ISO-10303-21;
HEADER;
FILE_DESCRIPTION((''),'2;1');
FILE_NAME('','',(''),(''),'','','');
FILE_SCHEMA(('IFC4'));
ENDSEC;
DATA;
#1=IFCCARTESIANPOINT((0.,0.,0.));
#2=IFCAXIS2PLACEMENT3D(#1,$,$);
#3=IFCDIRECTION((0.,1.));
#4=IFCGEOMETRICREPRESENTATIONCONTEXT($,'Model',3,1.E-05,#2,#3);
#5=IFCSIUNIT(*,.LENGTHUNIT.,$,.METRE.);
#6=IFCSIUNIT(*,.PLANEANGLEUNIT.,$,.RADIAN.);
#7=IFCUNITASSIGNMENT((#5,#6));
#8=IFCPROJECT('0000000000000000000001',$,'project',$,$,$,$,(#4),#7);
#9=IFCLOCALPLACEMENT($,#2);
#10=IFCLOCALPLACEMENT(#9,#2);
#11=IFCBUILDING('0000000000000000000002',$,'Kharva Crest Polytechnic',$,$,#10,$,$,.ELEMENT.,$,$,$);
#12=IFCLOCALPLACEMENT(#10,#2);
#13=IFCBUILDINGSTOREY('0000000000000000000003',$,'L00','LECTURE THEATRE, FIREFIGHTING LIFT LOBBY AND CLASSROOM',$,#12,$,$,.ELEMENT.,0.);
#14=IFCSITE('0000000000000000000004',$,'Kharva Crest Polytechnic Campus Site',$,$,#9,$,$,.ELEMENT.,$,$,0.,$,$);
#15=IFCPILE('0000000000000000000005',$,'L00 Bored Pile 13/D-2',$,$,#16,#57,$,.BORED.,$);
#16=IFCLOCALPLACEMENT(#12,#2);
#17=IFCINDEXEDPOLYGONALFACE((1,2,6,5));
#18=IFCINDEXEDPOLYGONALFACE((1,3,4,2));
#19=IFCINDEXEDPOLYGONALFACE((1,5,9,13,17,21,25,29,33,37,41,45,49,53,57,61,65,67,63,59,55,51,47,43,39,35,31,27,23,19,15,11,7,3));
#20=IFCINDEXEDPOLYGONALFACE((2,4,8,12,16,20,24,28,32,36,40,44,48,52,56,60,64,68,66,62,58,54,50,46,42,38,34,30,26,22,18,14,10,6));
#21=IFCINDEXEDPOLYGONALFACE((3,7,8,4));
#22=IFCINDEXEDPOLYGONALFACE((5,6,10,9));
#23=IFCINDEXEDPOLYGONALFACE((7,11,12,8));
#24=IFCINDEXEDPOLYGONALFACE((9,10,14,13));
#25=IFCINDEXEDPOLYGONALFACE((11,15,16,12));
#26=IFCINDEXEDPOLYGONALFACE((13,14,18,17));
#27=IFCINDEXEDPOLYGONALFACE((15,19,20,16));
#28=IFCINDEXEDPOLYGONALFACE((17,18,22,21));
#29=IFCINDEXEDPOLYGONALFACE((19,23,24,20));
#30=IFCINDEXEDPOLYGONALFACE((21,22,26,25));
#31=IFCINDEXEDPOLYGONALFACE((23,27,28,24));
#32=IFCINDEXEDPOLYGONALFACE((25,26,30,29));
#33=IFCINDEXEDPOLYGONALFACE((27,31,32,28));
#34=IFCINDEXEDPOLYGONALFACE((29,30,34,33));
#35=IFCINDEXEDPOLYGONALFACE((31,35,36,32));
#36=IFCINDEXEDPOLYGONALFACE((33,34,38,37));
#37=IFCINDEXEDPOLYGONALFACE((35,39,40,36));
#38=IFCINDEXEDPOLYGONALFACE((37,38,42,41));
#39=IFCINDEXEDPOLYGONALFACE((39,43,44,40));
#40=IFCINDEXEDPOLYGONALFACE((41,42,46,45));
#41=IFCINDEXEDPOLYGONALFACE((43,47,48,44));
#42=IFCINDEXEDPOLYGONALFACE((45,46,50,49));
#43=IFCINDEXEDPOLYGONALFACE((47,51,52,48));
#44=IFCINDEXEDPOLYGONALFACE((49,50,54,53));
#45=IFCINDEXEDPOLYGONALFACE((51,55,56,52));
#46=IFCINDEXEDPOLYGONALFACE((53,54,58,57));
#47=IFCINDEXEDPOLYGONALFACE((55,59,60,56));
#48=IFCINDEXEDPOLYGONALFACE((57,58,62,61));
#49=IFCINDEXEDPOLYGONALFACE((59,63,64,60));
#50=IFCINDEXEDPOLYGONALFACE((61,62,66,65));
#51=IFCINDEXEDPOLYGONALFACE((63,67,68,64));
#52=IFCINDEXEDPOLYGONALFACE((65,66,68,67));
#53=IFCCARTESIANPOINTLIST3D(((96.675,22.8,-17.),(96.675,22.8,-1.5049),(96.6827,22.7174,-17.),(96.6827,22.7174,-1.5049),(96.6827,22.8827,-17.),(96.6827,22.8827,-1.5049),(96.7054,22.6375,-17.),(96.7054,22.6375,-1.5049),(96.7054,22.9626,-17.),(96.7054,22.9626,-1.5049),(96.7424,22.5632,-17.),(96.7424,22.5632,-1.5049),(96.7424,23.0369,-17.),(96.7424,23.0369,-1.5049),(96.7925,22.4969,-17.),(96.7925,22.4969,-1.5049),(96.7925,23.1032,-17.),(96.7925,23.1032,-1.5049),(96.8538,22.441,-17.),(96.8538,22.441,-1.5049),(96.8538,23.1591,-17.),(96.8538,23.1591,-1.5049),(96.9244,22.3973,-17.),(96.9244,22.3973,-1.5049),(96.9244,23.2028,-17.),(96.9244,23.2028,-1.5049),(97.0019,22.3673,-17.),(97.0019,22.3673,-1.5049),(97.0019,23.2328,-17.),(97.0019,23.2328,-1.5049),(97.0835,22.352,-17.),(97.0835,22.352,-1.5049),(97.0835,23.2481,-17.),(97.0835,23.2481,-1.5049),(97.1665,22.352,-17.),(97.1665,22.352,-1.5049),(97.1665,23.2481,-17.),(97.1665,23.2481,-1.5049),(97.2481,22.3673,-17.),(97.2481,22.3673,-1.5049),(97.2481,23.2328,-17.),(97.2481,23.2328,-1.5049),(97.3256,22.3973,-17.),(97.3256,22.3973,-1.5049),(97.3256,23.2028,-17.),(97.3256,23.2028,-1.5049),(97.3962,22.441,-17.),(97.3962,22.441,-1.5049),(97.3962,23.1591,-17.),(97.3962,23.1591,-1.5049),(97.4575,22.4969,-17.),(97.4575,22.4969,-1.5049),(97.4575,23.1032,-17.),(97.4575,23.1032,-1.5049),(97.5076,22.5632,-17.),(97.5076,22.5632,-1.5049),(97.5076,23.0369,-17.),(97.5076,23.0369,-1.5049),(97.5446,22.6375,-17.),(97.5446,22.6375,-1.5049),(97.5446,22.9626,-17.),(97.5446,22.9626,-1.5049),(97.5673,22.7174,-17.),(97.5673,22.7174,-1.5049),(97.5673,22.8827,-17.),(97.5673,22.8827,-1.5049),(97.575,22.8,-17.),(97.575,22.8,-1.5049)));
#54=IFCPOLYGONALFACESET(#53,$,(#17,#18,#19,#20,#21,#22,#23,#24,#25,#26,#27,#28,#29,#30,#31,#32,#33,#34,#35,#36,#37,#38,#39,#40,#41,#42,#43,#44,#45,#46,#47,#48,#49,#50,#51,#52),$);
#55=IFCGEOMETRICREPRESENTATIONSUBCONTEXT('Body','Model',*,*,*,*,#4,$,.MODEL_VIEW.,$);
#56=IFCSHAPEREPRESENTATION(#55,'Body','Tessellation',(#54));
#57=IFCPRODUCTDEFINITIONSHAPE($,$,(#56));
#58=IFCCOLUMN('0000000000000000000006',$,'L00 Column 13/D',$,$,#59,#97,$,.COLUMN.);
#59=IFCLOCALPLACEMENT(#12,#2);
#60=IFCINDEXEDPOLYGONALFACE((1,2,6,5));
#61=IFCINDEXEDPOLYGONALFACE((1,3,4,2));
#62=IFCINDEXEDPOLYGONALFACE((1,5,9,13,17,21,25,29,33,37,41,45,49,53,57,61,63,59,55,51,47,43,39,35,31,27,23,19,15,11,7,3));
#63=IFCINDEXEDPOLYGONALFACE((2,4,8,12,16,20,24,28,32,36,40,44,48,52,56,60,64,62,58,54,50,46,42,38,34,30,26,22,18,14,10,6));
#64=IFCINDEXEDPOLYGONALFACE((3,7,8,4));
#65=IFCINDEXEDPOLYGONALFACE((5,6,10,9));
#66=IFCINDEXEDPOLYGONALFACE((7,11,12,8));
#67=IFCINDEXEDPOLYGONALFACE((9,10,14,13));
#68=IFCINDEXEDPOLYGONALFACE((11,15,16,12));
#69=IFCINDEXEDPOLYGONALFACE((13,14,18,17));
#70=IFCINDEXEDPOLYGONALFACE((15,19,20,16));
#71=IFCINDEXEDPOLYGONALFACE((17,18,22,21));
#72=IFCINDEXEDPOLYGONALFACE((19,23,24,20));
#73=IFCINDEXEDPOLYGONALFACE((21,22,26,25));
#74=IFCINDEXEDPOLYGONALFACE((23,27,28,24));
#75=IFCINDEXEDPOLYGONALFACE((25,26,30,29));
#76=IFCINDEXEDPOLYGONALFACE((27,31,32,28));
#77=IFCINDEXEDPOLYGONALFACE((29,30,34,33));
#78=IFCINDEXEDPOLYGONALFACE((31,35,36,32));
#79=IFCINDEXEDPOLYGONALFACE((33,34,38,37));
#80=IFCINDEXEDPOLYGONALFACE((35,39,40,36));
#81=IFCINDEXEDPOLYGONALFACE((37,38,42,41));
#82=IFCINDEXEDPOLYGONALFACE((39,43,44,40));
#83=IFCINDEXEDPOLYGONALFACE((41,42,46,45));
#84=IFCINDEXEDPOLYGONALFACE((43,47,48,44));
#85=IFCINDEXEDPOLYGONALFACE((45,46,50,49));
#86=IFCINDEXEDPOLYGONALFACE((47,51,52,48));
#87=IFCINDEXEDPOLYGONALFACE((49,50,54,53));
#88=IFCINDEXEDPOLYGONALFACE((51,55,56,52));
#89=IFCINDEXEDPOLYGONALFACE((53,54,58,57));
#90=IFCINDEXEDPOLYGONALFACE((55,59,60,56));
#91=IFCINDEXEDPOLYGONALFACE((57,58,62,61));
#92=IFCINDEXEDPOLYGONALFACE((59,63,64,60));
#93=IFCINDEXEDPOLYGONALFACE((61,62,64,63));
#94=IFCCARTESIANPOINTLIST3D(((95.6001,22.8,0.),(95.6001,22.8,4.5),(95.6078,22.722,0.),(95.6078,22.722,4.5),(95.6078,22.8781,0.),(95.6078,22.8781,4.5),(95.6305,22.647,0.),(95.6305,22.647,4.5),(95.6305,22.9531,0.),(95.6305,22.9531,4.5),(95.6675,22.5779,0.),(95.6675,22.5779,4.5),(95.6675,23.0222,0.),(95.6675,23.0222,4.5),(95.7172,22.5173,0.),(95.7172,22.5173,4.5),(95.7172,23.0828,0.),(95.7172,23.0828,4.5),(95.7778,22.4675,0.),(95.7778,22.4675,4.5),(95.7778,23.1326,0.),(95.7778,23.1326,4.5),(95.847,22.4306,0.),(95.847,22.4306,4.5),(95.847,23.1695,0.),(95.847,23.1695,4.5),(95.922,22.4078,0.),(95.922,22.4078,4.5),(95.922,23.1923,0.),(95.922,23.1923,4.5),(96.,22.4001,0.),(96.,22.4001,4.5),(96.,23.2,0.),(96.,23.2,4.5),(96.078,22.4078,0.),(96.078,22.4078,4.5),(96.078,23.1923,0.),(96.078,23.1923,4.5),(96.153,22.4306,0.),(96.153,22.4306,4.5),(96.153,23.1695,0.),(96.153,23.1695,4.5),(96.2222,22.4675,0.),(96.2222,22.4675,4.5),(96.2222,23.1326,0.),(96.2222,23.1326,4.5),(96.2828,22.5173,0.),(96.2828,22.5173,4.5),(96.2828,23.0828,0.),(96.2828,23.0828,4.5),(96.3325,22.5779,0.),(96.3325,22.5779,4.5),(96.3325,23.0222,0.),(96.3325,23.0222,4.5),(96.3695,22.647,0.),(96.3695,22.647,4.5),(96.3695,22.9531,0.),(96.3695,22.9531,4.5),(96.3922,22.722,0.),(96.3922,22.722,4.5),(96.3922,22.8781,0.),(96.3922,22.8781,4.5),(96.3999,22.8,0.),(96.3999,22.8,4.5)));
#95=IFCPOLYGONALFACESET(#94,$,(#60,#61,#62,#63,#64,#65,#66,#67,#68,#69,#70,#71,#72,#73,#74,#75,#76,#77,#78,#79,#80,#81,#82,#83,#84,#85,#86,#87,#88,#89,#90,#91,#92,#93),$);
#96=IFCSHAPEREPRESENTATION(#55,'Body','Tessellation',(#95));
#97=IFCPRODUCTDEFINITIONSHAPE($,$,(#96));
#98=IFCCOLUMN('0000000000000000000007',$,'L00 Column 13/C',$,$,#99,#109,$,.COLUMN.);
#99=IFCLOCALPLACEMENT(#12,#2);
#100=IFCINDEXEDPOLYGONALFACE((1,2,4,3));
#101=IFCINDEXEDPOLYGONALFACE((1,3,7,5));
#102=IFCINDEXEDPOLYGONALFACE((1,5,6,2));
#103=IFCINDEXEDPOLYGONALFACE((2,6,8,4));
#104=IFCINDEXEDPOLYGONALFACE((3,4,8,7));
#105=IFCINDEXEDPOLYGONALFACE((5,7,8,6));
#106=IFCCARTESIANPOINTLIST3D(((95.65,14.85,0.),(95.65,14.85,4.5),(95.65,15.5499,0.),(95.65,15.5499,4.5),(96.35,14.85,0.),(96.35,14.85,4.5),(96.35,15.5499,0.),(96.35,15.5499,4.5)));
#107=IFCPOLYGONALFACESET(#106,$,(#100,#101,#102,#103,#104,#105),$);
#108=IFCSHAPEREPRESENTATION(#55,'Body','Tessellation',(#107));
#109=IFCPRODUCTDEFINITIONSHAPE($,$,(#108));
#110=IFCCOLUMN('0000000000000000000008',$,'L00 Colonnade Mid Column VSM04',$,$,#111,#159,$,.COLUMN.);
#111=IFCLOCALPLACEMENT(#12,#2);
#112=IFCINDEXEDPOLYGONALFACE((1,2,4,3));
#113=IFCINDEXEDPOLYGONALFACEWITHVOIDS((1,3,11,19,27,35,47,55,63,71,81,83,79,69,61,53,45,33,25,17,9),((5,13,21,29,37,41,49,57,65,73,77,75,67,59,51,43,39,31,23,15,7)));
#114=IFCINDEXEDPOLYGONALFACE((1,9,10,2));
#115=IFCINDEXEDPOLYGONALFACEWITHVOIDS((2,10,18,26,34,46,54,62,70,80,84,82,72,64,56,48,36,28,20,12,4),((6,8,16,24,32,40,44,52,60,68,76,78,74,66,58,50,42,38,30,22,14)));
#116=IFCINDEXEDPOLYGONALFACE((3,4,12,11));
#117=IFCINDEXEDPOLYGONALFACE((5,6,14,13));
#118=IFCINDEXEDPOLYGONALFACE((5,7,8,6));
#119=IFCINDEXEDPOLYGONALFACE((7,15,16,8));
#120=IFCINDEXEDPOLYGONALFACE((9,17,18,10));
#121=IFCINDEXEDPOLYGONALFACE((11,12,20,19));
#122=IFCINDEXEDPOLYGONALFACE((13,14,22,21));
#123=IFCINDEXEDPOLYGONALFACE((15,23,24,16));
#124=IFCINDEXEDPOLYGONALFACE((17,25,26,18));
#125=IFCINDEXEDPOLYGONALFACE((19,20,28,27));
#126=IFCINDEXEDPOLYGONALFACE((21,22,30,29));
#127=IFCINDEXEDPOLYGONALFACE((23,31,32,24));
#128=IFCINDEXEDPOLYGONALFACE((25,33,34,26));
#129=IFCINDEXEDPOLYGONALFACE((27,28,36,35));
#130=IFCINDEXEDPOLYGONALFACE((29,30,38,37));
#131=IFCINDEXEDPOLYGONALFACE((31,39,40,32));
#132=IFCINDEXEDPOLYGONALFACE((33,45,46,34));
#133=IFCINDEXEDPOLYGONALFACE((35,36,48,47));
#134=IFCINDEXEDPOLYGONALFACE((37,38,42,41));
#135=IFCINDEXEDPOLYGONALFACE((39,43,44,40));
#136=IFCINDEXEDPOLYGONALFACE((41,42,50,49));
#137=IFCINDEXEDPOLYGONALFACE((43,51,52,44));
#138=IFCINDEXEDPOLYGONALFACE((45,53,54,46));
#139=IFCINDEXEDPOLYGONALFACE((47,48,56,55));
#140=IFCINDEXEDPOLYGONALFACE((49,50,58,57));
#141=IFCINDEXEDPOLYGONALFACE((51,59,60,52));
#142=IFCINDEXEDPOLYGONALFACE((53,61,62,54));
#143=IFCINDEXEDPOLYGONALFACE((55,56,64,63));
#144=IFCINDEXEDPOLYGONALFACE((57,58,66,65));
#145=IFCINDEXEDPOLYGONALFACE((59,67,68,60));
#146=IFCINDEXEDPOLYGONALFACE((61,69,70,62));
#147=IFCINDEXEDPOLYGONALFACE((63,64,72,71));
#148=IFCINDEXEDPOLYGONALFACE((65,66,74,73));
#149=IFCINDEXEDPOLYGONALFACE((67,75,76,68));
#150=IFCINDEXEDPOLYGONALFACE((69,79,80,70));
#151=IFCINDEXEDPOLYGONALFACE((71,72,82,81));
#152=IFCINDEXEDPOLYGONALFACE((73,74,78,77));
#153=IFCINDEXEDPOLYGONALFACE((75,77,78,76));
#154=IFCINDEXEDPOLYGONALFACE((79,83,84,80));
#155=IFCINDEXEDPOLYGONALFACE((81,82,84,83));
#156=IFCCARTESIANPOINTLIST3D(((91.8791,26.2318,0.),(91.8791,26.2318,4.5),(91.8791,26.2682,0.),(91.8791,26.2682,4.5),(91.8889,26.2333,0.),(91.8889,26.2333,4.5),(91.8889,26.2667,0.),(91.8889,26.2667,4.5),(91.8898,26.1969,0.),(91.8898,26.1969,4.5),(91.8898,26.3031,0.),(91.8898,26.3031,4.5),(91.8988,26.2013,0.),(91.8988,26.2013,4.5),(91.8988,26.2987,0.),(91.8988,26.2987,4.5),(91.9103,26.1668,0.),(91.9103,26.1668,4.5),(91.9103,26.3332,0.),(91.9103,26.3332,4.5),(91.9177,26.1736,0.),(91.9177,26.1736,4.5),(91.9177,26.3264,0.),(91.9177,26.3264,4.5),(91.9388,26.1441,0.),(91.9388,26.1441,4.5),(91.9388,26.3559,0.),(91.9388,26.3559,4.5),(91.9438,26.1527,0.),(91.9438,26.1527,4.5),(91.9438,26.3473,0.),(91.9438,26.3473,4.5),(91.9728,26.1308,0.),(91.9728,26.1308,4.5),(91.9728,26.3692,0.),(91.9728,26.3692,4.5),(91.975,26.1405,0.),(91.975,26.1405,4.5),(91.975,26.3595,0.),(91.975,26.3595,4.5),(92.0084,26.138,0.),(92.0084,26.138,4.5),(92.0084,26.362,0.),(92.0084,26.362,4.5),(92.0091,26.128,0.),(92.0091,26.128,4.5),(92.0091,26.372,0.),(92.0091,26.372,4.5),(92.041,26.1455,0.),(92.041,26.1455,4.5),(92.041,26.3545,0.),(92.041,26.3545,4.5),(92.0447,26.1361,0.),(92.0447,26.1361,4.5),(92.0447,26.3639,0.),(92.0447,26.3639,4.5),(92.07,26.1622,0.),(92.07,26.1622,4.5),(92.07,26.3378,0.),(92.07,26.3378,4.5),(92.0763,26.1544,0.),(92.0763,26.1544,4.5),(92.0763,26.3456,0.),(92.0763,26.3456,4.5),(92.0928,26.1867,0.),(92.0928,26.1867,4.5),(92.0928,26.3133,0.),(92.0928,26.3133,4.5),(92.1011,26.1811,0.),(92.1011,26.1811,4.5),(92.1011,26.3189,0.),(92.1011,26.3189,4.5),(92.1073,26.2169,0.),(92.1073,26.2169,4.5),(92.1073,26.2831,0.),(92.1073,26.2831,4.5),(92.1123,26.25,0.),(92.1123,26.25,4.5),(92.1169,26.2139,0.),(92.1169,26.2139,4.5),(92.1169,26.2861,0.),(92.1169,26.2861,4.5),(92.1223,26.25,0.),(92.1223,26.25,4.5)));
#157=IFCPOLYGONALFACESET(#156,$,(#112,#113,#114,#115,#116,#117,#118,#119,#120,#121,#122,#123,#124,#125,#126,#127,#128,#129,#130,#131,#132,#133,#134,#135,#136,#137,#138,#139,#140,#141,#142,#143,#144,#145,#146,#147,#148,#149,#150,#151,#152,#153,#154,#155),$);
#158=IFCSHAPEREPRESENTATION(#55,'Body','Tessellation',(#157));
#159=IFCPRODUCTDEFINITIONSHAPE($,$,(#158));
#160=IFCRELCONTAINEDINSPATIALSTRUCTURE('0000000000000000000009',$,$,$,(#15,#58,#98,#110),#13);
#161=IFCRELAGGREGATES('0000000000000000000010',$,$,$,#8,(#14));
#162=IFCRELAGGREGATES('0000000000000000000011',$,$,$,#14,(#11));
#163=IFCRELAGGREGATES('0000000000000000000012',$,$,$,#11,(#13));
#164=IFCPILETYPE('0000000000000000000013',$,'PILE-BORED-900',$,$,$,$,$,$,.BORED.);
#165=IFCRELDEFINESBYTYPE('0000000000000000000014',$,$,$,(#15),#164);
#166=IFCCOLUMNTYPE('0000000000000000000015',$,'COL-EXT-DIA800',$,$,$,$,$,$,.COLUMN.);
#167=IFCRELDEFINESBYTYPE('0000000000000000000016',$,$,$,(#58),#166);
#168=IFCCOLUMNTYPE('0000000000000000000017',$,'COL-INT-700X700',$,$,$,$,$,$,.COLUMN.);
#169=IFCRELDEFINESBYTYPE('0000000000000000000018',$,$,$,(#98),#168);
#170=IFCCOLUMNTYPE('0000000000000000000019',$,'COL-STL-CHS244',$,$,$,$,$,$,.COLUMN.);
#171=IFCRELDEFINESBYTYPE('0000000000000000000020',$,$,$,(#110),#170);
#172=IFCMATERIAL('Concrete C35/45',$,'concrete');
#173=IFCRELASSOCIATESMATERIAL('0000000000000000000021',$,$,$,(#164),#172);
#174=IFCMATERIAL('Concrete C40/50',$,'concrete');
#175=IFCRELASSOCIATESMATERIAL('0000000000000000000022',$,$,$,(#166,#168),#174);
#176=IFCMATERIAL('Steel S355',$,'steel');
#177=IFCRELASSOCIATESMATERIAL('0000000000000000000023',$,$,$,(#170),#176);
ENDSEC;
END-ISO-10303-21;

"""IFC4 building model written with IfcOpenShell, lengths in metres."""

from ifc_helpers import new_model, si_unit, direction, frame, origin, origin_2d, place, context, subcontext, project, spatial, rectangle, circle, hollow_circle, extrude, material, material_profile, profile_set, type_object, element, save


model = new_model("IFC4")

# Units and contexts
model_context = context("Model", 3, precision=1e-05, world=origin(), true_north=direction((0.0, 1.0)))
body_context = subcontext(model_context, "Body", "Model", "MODEL_VIEW")
ifc_project = project(units=[si_unit("LENGTHUNIT", "METRE"), si_unit("PLANEANGLEUNIT", "RADIAN")], contexts=[model_context])

# Site, building, storey
site_placement = place(None, origin())
site = spatial("IfcSite", under=ifc_project, at=site_placement, Name="Kharva Crest Polytechnic Campus Site", CompositionType="ELEMENT", RefElevation=0.0)
building_placement = place(site_placement, origin())
building = spatial("IfcBuilding", under=site, at=building_placement, Name="Kharva Crest Polytechnic", CompositionType="ELEMENT")
storey_placement = place(building_placement, origin())
storey = spatial("IfcBuildingStorey", under=building, at=storey_placement, Name="L00", Description="LECTURE THEATRE, FIREFIGHTING LIFT LOBBY AND CLASSROOM", CompositionType="ELEMENT", Elevation=0.0)

# Shared definitions
ifc_material_1 = material(Name="Concrete C35/45", Category="concrete")

# Pile
ifc_material_profile_1 = material_profile(ifc_material_1, circle(Radius=0.45, at=origin_2d()), Name="DIA 900")
ifc_profile_set_1 = profile_set([ifc_material_profile_1], Name="Concrete C35/45")
pile_type_1 = type_object("IfcPileType", Name="PILE-BORED-900", PredefinedType="BORED", material=ifc_profile_set_1)
for number, where, z_axis, x_axis, name in (
    (1, (97.125, 22.8, -1.5049), (0.0, 0.0, -1.0), (1.0, 0.0, 0.0), "L00 Bored Pile 13/D-2"),
):
    element("IfcPile", number, at=place(storey_placement, frame(where, z_axis=z_axis, x_axis=x_axis)), inside=storey, type_object=pile_type_1, Name=name, PredefinedType="BORED", context=body_context, shape_type="SweptSolid", body=[
        extrude(circle(Radius=0.45, at=origin_2d()), origin(), (0.0, 0.0, 1.0), 15.4951),
    ])

# Columns
ifc_material_2 = material(Name="Concrete C40/50", Category="concrete")
ifc_material_profile_2 = material_profile(ifc_material_2, circle(Radius=0.3999, at=origin_2d()), Name="DIA 800")
ifc_profile_set_2 = profile_set([ifc_material_profile_2], Name="Concrete C40/50")
column_type_1 = type_object("IfcColumnType", Name="COL-EXT-DIA800", PredefinedType="COLUMN", material=ifc_profile_set_2)
column_1_placement = place(storey_placement, frame((96.0, 22.8, 0.0), z_axis=(0.0, 0.0, 1.0), x_axis=(1.0, 0.0, 0.0)))
element("IfcColumn", 2, at=column_1_placement, inside=storey, type_object=column_type_1, Name="L00 Column 13/D", PredefinedType="COLUMN", context=body_context, shape_type="SweptSolid", body=[
    extrude(circle(Radius=0.3999, at=origin_2d()), origin(), (0.0, 0.0, 1.0), 4.5),
])
ifc_material_profile_3 = material_profile(ifc_material_2, rectangle(XDim=0.7, YDim=0.7, at=origin_2d()), Name="RECT 700 X 700")
ifc_profile_set_3 = profile_set([ifc_material_profile_3], Name="Concrete C40/50")
column_type_2 = type_object("IfcColumnType", Name="COL-INT-700X700", PredefinedType="COLUMN", material=ifc_profile_set_3)
column_2_placement = place(storey_placement, frame((96.0, 15.2, 0.0), z_axis=(0.0, 0.0, 1.0), x_axis=(1.0, 0.0, 0.0)))
element("IfcColumn", 3, at=column_2_placement, inside=storey, type_object=column_type_2, Name="L00 Column 13/C", PredefinedType="COLUMN", context=body_context, shape_type="SweptSolid", body=[
    extrude(rectangle(XDim=0.7, YDim=0.7, at=origin_2d()), origin(), (0.0, 0.0, 1.0), 4.5),
])
ifc_material_3 = material(Name="Steel S355", Category="steel")
ifc_material_profile_4 = material_profile(ifc_material_3, hollow_circle(Radius=0.1223, WallThickness=0.01, at=origin_2d()), Name="CHS 244.5X10.0")
ifc_profile_set_4 = profile_set([ifc_material_profile_4], Name="Steel S355")
column_type_3 = type_object("IfcColumnType", Name="COL-STL-CHS244", PredefinedType="COLUMN", material=ifc_profile_set_4)
for number, where, z_axis, x_axis, name in (
    (4, (92.0, 26.25, 0.0), (0.0, 0.0, 1.0), (1.0, 0.0, 0.0), "L00 Colonnade Mid Column VSM04"),
):
    element("IfcColumn", number, at=place(storey_placement, frame(where, z_axis=z_axis, x_axis=x_axis)), inside=storey, type_object=column_type_3, Name=name, PredefinedType="COLUMN", context=body_context, shape_type="SweptSolid", body=[
        extrude(hollow_circle(Radius=0.1223, WallThickness=0.01, at=origin_2d()), origin(), (0.0, 0.0, 1.0), 4.5),
    ])

save(model, "model.ifc")
